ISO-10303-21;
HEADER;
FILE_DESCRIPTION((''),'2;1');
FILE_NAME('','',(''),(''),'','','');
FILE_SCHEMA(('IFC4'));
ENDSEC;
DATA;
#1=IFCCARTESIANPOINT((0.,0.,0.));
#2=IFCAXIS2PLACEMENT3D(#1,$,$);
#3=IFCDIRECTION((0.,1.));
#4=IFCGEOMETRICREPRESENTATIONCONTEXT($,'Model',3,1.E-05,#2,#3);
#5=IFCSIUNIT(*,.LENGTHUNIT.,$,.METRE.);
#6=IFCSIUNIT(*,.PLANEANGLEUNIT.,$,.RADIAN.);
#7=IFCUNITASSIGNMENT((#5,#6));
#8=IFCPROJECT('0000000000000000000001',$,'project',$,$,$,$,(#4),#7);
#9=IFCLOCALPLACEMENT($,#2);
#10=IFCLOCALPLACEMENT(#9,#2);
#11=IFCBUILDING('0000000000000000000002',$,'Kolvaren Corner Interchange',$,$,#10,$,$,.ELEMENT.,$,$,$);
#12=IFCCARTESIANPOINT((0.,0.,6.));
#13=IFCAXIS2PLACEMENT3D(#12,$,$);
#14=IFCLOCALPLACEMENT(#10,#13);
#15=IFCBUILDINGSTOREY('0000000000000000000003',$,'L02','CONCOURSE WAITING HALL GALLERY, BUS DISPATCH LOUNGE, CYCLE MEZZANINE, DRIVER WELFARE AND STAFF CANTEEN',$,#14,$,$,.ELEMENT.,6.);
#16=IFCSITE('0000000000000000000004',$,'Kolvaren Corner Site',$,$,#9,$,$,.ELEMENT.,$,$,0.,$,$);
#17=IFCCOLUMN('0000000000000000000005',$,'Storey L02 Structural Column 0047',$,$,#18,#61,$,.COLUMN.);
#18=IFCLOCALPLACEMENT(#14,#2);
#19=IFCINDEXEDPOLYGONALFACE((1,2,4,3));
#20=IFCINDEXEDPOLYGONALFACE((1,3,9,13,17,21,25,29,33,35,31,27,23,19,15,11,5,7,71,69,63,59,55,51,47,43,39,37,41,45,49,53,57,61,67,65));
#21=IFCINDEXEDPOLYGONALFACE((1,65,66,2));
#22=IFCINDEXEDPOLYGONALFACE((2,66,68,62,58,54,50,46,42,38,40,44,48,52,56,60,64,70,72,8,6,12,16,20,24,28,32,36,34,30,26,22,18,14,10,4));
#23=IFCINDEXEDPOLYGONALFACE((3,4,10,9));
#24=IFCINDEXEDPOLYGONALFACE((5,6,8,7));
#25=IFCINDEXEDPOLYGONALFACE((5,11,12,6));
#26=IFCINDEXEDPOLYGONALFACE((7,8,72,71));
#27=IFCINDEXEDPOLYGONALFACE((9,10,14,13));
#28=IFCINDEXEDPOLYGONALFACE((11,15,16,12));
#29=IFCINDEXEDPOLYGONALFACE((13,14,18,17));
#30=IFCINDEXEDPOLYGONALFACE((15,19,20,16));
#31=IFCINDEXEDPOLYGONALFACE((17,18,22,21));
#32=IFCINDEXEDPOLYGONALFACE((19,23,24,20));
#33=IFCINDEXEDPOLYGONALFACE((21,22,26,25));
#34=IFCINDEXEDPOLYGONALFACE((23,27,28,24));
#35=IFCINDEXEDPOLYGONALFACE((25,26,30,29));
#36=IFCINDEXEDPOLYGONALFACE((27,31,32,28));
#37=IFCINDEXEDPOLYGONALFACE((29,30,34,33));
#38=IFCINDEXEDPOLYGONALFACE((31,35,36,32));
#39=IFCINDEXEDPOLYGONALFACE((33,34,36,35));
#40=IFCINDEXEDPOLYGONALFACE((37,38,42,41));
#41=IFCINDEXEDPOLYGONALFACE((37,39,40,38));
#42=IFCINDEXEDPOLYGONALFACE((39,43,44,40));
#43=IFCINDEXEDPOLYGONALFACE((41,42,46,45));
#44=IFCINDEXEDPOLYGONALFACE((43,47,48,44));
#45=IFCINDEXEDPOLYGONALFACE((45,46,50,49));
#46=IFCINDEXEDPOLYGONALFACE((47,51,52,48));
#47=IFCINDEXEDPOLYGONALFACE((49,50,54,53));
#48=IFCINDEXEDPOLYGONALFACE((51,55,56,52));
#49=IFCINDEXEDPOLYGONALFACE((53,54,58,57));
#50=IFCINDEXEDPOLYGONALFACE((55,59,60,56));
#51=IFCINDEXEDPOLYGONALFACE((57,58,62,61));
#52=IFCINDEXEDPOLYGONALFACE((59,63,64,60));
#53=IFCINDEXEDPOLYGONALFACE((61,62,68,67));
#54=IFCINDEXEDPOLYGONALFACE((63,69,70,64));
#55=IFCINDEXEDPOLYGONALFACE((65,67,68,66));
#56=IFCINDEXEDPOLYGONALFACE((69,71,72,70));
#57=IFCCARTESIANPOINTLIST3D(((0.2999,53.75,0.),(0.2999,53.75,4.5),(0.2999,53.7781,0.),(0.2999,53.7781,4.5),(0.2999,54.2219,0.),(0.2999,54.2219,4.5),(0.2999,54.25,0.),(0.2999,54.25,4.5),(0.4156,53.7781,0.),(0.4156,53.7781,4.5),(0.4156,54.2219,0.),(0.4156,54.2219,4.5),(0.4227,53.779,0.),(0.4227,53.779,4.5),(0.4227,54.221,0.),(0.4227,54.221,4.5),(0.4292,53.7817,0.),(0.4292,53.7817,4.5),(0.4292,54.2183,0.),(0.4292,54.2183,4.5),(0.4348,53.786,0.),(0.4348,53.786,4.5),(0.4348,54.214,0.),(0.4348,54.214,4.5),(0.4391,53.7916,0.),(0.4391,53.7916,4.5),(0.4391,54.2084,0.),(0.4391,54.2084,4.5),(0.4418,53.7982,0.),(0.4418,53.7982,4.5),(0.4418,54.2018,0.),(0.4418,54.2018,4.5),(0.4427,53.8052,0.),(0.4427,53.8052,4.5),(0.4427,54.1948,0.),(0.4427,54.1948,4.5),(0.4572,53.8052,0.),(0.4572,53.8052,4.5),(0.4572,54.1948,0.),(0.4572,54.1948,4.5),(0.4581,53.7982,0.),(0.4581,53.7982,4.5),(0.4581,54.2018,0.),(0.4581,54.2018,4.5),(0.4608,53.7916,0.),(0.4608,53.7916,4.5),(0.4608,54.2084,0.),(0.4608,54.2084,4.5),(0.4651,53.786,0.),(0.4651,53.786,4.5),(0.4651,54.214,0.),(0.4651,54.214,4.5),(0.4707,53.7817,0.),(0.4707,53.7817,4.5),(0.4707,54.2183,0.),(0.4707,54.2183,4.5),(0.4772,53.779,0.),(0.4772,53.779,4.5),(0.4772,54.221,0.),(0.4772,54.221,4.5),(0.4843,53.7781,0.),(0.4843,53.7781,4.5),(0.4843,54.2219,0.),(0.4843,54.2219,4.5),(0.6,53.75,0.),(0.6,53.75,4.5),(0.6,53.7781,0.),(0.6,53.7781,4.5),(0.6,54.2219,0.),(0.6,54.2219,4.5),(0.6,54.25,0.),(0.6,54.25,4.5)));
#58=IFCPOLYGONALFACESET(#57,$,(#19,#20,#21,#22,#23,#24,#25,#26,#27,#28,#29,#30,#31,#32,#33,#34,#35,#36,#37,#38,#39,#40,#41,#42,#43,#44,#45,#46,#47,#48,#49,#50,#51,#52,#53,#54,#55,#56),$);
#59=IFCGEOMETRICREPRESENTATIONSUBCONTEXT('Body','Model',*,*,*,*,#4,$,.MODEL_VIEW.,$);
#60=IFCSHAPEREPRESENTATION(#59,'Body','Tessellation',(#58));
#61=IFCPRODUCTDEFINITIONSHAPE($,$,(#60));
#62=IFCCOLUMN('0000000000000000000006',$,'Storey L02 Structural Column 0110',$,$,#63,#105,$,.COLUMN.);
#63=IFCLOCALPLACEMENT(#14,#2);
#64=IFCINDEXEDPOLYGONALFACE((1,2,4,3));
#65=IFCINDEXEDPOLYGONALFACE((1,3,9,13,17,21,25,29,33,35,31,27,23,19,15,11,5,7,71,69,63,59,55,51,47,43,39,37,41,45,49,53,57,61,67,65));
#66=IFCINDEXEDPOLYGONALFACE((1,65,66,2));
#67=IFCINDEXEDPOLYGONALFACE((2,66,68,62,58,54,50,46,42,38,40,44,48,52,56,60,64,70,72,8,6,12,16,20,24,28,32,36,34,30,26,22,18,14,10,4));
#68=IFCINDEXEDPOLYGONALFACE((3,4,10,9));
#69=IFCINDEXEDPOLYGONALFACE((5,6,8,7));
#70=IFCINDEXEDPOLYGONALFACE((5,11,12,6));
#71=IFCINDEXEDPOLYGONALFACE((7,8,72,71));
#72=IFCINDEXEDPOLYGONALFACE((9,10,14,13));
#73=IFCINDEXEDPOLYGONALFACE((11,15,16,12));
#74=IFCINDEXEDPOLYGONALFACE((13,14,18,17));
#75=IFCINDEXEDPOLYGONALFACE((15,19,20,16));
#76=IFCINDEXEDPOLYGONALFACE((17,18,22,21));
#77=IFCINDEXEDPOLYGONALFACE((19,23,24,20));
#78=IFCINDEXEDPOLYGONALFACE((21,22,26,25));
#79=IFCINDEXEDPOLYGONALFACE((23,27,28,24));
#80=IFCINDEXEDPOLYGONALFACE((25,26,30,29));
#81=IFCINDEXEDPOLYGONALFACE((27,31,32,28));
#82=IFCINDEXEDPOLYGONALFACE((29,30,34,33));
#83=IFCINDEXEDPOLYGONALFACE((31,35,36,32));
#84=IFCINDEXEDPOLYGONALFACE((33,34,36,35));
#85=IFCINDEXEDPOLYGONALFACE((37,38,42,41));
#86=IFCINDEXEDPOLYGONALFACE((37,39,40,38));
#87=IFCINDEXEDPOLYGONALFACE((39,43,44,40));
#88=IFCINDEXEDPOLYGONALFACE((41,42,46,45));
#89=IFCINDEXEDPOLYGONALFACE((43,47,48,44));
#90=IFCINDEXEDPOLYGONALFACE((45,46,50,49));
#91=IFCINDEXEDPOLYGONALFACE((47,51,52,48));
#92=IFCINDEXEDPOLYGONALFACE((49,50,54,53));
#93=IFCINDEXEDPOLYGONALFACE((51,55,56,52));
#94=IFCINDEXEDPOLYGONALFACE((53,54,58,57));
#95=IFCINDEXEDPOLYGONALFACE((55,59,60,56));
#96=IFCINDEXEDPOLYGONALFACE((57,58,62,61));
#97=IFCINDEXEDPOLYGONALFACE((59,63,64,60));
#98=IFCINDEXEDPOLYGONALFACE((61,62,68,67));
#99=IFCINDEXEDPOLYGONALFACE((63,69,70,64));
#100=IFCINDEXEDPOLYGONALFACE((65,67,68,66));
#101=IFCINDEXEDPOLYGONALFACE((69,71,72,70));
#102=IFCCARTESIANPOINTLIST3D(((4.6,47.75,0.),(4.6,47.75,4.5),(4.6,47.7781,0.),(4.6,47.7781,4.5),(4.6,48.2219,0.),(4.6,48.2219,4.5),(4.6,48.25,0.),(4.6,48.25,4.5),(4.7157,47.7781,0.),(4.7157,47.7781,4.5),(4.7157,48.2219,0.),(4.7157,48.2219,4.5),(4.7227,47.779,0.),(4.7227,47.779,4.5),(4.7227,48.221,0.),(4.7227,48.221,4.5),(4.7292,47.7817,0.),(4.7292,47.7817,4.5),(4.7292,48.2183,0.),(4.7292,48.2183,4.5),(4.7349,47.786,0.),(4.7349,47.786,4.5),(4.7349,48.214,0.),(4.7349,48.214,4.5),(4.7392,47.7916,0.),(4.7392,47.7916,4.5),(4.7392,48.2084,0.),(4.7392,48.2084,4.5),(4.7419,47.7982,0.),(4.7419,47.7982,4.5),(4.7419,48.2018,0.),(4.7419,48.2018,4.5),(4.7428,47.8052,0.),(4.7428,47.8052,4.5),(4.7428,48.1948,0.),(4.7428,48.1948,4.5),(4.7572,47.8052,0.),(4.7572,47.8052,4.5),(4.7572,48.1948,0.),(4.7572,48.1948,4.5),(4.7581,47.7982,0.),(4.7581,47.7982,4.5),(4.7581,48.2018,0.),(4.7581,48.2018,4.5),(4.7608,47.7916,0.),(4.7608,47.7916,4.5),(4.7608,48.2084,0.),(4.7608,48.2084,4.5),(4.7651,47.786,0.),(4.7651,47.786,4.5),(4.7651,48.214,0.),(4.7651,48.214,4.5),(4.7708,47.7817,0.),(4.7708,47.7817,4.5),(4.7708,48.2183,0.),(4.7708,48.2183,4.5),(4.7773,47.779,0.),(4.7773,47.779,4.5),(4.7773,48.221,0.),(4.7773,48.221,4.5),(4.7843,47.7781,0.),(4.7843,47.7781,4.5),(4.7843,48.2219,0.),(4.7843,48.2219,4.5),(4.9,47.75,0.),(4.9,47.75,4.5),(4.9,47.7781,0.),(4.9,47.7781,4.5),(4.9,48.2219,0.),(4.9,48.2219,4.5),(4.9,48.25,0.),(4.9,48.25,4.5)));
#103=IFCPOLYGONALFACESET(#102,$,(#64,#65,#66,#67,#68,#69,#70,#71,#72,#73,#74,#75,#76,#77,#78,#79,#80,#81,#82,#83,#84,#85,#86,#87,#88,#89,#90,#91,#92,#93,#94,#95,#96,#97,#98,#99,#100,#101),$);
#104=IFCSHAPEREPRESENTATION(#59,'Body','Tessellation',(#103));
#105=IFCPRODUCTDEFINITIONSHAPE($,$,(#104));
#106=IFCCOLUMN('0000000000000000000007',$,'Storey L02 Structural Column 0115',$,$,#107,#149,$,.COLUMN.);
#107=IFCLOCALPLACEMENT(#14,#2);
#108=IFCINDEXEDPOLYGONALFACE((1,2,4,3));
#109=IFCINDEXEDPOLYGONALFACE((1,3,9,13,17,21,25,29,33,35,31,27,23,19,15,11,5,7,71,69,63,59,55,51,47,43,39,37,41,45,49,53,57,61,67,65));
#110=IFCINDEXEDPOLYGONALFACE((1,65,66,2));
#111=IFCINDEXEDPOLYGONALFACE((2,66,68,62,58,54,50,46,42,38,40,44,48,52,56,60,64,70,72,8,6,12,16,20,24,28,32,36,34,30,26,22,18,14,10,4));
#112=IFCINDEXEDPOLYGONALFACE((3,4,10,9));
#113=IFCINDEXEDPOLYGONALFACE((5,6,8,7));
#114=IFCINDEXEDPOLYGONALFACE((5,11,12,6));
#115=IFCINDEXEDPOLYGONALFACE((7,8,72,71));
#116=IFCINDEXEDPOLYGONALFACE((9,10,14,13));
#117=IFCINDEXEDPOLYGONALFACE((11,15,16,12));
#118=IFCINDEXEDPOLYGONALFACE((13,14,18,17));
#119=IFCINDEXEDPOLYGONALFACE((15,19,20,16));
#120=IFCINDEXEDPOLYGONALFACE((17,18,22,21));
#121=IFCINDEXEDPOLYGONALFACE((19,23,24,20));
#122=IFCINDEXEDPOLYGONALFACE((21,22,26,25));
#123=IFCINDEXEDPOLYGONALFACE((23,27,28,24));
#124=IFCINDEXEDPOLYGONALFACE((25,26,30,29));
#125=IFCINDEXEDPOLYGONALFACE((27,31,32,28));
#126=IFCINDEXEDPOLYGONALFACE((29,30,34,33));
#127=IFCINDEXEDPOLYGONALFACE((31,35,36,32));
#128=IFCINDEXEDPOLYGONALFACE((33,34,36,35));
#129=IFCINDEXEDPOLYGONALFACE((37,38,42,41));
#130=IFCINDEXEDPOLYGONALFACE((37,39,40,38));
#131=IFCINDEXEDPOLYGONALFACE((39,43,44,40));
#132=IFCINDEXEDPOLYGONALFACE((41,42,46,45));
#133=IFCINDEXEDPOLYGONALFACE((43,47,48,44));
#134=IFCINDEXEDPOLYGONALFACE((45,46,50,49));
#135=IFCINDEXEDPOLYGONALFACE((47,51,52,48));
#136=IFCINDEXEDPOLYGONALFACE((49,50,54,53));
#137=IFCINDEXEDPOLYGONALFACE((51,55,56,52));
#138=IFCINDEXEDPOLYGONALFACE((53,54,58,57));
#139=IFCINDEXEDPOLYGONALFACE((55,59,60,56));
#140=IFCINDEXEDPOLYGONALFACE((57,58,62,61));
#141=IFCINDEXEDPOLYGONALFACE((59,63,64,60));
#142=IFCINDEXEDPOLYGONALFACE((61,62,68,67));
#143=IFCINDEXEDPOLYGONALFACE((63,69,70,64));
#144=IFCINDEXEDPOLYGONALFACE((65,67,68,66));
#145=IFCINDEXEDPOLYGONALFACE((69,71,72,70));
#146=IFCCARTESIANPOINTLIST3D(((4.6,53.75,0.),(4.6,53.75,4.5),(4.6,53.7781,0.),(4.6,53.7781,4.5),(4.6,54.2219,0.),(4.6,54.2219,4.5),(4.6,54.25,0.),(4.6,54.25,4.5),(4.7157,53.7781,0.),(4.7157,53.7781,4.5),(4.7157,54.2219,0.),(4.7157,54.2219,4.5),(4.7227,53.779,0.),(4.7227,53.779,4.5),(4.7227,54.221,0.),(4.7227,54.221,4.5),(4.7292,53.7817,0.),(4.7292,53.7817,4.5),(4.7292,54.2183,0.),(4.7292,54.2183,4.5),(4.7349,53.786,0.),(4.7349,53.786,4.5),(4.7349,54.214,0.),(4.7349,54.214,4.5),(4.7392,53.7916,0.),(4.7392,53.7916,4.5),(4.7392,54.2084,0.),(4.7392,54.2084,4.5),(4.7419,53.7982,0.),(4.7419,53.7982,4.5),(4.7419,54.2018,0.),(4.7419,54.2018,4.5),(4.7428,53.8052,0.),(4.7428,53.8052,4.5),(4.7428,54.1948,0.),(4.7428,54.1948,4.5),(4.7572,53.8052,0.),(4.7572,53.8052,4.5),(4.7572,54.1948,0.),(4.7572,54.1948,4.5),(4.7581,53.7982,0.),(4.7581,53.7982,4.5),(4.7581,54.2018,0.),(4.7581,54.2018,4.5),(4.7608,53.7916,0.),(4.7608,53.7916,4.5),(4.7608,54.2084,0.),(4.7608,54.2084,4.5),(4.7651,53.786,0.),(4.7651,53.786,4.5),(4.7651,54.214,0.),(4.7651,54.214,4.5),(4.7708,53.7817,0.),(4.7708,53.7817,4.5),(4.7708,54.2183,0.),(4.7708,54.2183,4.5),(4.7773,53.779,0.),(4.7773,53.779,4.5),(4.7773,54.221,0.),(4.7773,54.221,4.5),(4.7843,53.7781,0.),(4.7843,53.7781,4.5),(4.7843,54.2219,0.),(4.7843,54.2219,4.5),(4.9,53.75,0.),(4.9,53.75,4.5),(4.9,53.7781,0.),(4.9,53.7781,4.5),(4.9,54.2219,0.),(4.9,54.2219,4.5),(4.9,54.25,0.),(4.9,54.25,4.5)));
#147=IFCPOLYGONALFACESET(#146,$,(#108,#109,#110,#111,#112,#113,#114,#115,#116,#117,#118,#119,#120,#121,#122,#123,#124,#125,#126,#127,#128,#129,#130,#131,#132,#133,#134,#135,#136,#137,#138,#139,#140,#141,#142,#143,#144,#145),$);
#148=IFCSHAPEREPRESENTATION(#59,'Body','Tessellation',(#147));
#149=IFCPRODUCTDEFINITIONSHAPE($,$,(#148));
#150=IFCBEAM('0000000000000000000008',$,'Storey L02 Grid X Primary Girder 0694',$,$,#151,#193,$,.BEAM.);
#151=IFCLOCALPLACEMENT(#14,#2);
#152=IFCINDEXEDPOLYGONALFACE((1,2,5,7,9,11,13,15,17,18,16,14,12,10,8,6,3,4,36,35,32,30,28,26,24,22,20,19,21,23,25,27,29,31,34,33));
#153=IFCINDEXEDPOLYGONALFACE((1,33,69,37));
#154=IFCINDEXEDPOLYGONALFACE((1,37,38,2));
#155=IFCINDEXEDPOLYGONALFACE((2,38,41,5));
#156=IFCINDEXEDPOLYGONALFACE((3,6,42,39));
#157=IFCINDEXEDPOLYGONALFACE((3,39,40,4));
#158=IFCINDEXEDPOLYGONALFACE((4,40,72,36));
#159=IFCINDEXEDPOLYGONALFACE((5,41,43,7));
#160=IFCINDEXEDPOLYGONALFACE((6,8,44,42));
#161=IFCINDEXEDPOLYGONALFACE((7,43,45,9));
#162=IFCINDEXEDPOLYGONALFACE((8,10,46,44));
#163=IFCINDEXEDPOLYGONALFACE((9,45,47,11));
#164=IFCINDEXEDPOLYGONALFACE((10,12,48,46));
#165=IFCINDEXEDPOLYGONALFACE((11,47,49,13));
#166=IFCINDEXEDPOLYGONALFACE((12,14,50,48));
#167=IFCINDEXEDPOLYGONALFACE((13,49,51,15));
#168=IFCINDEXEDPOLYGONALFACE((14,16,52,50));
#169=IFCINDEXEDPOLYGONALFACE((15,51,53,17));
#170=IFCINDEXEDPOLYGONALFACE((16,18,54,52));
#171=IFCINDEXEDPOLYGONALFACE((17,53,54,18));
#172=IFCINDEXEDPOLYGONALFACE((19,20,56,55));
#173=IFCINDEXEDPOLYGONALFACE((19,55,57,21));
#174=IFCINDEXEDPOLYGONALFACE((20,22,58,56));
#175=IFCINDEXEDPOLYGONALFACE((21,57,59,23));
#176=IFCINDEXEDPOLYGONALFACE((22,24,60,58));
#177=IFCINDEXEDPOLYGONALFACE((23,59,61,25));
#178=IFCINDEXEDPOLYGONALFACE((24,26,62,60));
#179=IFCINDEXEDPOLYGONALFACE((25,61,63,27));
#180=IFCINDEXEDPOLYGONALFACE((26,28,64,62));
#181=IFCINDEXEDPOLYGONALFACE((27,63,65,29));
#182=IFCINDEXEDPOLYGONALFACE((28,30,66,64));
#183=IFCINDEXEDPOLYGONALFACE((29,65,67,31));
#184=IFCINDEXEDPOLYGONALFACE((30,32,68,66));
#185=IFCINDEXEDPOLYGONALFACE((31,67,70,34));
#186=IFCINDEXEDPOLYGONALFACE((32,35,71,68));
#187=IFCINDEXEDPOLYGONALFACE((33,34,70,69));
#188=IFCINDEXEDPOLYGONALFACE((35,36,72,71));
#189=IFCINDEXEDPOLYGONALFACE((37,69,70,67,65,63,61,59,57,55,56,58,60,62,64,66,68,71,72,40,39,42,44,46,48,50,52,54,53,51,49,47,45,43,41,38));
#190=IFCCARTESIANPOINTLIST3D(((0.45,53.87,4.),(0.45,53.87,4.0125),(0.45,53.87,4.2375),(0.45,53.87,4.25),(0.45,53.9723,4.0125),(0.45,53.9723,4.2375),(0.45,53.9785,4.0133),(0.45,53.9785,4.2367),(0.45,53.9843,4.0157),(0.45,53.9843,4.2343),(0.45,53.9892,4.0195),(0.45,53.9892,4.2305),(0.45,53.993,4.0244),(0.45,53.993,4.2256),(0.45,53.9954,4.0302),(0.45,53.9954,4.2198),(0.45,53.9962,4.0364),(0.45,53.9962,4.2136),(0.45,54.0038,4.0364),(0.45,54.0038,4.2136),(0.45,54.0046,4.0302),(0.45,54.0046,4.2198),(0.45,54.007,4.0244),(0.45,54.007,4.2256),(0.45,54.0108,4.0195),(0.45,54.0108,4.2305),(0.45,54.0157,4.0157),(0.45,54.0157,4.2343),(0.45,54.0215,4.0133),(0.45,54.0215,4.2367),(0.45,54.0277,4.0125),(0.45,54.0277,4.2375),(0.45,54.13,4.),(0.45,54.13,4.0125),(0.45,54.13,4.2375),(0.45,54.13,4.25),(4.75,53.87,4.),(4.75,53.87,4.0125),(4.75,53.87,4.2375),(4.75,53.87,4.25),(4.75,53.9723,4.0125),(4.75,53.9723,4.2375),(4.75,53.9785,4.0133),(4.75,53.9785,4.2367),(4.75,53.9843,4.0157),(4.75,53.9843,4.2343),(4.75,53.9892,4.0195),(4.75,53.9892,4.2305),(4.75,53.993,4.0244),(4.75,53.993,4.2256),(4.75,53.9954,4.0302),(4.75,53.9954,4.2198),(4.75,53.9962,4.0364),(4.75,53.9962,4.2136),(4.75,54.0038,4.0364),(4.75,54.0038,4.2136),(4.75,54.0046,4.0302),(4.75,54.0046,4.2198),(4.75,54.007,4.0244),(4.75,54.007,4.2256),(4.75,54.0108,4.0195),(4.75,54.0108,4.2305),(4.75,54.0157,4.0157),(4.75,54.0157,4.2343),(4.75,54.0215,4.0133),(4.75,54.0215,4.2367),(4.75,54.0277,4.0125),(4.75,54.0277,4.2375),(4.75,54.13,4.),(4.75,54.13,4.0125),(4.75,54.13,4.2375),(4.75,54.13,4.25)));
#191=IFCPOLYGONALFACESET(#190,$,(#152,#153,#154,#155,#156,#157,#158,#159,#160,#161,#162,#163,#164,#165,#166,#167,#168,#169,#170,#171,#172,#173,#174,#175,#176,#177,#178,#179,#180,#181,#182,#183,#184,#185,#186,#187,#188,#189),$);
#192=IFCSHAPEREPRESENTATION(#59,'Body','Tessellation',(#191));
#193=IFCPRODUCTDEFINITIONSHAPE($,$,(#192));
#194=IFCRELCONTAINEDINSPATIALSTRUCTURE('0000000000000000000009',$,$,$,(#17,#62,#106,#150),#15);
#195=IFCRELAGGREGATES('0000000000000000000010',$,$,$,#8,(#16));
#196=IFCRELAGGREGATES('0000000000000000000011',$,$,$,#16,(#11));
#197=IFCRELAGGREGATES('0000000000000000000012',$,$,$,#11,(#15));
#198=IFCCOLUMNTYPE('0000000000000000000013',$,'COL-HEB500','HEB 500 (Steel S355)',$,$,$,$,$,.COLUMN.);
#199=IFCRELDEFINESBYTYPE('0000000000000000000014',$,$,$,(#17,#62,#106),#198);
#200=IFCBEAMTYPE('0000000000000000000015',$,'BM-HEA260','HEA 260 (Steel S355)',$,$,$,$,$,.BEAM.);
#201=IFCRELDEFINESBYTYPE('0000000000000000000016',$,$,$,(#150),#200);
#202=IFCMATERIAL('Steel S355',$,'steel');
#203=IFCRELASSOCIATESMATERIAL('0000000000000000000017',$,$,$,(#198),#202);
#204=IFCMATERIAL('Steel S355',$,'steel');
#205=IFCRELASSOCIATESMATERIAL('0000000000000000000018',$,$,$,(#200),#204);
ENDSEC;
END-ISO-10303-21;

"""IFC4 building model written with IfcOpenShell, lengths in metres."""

from ifc_helpers import new_model, si_unit, direction, frame, origin, origin_2d, place, context, subcontext, project, spatial, i_section, extrude, material, material_profile, profile_set, type_object, element, save


model = new_model("IFC4")

# Units and contexts
model_context = context("Model", 3, precision=1e-05, world=origin(), true_north=direction((0.0, 1.0)))
body_context = subcontext(model_context, "Body", "Model", "MODEL_VIEW")
ifc_project = project(units=[si_unit("LENGTHUNIT", "METRE"), si_unit("PLANEANGLEUNIT", "RADIAN")], contexts=[model_context])

# Site, building, storey
site_placement = place(None, origin())
site = spatial("IfcSite", under=ifc_project, at=site_placement, Name="Kolvaren Corner Site", CompositionType="ELEMENT", RefElevation=0.0)
building_placement = place(site_placement, origin())
building = spatial("IfcBuilding", under=site, at=building_placement, Name="Kolvaren Corner Interchange", CompositionType="ELEMENT")
storey_placement = place(building_placement, frame((0.0, 0.0, 6.0)))
storey = spatial("IfcBuildingStorey", under=building, at=storey_placement, Name="L02", Description="CONCOURSE WAITING HALL GALLERY, BUS DISPATCH LOUNGE, CYCLE MEZZANINE, DRIVER WELFARE AND STAFF CANTEEN", CompositionType="ELEMENT", Elevation=6.0)

# Columns
ifc_material_1 = material(Name="Steel S355", Category="steel")
ifc_material_profile_1 = material_profile(ifc_material_1, i_section(OverallWidth=0.3, OverallDepth=0.5, WebThickness=0.0144, FlangeThickness=0.0281, FilletRadius=0.0271, at=origin_2d()), Name="HEB 500")
ifc_profile_set_1 = profile_set([ifc_material_profile_1], Name="Steel S355")
column_type = type_object("IfcColumnType", Name="COL-HEB500", Description="HEB 500 (Steel S355)", PredefinedType="COLUMN", material=ifc_profile_set_1)
for number, where, z_axis, x_axis, name in (
    (1, (0.45, 54.0, 0.0), (0.0, 0.0, 1.0), (1.0, 0.0, 0.0), "Storey L02 Structural Column 0047"),
    (2, (4.75, 48.0, 0.0), (0.0, 0.0, 1.0), (1.0, 0.0, 0.0), "Storey L02 Structural Column 0110"),
    (3, (4.75, 54.0, 0.0), (0.0, 0.0, 1.0), (1.0, 0.0, 0.0), "Storey L02 Structural Column 0115"),
):
    element("IfcColumn", number, at=place(storey_placement, frame(where, z_axis=z_axis, x_axis=x_axis)), inside=storey, type_object=column_type, Name=name, PredefinedType="COLUMN", context=body_context, shape_type="SweptSolid", body=[
        extrude(i_section(OverallWidth=0.3, OverallDepth=0.5, WebThickness=0.0144, FlangeThickness=0.0281, FilletRadius=0.0271, at=origin_2d()), origin(), (0.0, 0.0, 1.0), 4.5),
    ])

# Beam
ifc_material_2 = material(Name="Steel S355", Category="steel")
ifc_material_profile_2 = material_profile(ifc_material_2, i_section(OverallWidth=0.26, OverallDepth=0.25, WebThickness=0.0076, FlangeThickness=0.0125, FilletRadius=0.0239, at=origin_2d()), Name="HEA 260")
ifc_profile_set_2 = profile_set([ifc_material_profile_2], Name="Steel S355")
beam_type_1 = type_object("IfcBeamType", Name="BM-HEA260", Description="HEA 260 (Steel S355)", PredefinedType="BEAM", material=ifc_profile_set_2)
beam_placement = place(storey_placement, frame((0.45, 54.0, 4.125), z_axis=(1.0, 0.0, 0.0), x_axis=(0.0, 1.0, 0.0)))
element("IfcBeam", 4, at=beam_placement, inside=storey, type_object=beam_type_1, Name="Storey L02 Grid X Primary Girder 0694", PredefinedType="BEAM", context=body_context, shape_type="SweptSolid", body=[
    extrude(i_section(OverallWidth=0.26, OverallDepth=0.25, WebThickness=0.0076, FlangeThickness=0.0125, FilletRadius=0.0239, at=origin_2d()), origin(), (0.0, 0.0, 1.0), 4.3),
])

save(model, "model.ifc")
